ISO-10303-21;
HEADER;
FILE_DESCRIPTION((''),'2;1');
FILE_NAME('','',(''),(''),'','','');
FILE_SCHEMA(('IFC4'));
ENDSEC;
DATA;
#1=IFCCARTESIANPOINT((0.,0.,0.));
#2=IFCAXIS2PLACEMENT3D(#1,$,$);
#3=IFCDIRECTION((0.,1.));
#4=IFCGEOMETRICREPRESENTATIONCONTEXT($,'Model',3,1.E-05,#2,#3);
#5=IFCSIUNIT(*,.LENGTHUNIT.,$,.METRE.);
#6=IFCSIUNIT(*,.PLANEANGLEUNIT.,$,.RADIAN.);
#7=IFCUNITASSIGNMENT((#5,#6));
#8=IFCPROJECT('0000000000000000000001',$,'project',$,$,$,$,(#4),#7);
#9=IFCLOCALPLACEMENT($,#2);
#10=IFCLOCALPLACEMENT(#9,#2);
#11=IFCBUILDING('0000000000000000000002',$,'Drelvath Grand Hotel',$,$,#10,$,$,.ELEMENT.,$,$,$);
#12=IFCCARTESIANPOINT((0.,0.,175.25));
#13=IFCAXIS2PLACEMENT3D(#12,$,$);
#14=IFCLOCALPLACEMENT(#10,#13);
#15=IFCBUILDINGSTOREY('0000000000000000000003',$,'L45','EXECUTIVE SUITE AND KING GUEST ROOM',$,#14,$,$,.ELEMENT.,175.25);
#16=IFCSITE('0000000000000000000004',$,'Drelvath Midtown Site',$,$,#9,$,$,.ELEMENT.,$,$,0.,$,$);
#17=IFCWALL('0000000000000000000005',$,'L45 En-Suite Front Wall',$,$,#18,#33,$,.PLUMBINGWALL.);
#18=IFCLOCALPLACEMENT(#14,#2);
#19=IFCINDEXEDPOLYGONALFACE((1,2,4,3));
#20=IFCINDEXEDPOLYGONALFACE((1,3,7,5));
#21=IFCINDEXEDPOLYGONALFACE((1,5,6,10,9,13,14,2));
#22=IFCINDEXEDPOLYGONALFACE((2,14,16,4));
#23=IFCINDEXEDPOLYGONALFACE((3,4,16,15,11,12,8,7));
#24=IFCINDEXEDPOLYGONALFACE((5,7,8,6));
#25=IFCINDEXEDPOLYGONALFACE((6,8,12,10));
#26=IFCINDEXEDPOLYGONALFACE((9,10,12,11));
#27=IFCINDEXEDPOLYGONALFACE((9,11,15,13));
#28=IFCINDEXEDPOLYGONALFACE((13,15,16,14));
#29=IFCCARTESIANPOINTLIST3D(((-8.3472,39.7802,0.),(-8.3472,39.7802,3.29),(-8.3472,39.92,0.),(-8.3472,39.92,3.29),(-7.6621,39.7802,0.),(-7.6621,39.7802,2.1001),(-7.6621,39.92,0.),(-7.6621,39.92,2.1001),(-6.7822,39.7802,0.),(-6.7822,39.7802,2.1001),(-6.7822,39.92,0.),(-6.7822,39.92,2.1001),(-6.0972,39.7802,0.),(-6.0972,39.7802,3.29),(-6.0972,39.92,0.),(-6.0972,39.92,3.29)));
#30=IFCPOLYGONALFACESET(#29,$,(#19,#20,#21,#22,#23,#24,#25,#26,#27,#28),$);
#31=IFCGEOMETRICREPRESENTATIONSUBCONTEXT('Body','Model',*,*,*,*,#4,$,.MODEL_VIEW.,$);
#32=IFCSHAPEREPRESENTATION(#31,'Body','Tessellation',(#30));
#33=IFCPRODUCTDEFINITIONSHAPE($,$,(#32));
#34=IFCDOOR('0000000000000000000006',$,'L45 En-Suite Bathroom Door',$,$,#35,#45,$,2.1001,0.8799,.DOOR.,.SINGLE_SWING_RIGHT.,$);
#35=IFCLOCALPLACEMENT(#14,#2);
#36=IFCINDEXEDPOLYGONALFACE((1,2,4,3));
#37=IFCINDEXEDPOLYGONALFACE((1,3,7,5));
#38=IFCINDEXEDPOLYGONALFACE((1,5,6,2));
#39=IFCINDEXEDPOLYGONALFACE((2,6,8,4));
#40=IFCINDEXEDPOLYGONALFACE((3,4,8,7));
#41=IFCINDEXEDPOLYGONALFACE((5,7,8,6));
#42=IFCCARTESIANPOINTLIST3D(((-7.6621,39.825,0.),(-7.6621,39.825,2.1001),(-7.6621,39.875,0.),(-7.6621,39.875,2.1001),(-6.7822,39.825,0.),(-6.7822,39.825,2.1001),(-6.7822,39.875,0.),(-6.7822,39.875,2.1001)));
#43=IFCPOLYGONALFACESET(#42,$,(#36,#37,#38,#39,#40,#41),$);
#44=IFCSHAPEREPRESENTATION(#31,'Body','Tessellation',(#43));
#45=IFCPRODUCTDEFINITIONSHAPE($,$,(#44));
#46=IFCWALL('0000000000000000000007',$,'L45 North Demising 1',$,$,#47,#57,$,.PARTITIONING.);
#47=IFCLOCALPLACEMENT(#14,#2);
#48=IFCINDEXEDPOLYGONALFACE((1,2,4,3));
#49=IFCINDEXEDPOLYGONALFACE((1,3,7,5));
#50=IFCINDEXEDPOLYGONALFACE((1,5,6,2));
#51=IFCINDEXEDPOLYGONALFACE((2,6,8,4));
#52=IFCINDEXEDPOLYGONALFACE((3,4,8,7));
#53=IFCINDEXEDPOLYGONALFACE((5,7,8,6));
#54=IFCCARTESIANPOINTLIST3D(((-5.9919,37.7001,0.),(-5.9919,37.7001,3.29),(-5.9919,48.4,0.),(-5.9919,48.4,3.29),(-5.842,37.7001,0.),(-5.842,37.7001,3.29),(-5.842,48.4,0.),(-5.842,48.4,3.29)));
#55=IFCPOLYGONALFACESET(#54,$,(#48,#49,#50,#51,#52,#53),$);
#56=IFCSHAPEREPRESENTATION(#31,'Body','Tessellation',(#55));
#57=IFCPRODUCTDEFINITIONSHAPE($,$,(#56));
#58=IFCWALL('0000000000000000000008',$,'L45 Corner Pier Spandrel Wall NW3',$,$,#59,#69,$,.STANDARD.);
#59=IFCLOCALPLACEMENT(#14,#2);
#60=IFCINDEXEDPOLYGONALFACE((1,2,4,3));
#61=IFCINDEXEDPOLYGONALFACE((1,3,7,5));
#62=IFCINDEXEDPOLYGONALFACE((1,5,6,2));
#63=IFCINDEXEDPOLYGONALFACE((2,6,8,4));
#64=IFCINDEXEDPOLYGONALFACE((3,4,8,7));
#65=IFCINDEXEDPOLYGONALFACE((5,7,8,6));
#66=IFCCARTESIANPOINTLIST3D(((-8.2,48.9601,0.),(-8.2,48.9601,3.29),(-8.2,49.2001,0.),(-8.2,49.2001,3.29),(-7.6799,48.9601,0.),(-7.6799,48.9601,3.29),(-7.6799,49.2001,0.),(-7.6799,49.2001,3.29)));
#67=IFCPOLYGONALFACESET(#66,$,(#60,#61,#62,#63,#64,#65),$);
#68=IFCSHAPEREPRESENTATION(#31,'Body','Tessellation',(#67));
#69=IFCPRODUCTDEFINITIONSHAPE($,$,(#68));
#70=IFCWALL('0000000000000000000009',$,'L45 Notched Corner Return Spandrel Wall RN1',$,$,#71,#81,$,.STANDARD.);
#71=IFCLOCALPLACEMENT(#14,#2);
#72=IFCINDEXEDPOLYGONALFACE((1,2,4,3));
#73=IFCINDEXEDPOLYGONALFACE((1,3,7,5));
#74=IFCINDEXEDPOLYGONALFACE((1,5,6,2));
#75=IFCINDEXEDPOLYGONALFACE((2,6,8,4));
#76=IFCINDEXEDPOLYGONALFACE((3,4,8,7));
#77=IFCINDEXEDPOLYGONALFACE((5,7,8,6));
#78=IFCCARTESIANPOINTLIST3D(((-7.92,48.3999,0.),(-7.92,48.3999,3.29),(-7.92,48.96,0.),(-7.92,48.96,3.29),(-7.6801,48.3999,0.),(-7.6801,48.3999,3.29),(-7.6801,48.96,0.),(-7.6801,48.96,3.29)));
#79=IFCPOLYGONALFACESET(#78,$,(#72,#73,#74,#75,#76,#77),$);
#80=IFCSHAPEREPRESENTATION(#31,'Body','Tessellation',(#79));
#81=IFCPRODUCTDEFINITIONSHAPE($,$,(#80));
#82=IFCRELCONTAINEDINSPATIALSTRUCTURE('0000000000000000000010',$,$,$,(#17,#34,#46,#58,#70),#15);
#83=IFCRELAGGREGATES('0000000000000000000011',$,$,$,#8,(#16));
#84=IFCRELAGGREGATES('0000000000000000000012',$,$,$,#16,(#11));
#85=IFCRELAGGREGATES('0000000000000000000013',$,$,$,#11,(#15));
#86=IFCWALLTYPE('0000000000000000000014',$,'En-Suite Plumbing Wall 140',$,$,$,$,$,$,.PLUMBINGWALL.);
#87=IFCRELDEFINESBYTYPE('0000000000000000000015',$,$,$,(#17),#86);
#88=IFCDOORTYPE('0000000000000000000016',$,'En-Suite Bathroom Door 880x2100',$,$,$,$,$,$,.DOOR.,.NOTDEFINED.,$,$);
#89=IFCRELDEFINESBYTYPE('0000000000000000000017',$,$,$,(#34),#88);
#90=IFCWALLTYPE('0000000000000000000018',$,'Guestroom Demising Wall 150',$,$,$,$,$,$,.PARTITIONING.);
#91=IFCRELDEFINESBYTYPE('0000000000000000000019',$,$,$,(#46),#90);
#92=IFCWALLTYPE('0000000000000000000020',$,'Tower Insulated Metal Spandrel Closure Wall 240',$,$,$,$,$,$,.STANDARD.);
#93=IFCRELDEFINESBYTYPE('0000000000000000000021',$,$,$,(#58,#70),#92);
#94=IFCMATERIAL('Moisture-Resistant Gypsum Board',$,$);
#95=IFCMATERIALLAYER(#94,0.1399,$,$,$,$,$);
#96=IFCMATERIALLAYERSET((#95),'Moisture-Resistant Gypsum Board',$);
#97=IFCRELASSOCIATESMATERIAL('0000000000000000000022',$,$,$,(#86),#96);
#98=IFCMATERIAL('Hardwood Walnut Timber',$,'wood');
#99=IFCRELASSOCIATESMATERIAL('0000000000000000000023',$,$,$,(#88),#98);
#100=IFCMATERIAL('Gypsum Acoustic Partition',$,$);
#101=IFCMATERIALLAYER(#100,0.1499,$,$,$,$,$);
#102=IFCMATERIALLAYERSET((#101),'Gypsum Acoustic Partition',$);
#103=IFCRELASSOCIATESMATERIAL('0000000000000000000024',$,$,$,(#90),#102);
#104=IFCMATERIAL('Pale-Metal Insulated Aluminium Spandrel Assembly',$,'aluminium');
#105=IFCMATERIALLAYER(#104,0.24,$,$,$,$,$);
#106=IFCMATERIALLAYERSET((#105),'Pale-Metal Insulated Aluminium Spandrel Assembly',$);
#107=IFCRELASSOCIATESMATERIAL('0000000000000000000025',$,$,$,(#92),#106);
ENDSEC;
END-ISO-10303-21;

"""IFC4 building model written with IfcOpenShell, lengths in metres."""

from ifc_helpers import new_model, si_unit, direction, frame, frame_2d, origin, place, context, subcontext, project, spatial, rectangle, extrude, material, layer, layer_set, type_object, element, fill, save


model = new_model("IFC4")

# Units and contexts
model_context = context("Model", 3, precision=1e-05, world=origin(), true_north=direction((0.0, 1.0)))
body_context = subcontext(model_context, "Body", "Model", "MODEL_VIEW")
ifc_project = project(units=[si_unit("LENGTHUNIT", "METRE"), si_unit("PLANEANGLEUNIT", "RADIAN")], contexts=[model_context])

# Site, building, storey
site_placement = place(None, origin())
site = spatial("IfcSite", under=ifc_project, at=site_placement, Name="Drelvath Midtown Site", CompositionType="ELEMENT", RefElevation=0.0)
building_placement = place(site_placement, origin())
building = spatial("IfcBuilding", under=site, at=building_placement, Name="Drelvath Grand Hotel", CompositionType="ELEMENT")
storey_placement = place(building_placement, frame((0.0, 0.0, 175.25)))
storey = spatial("IfcBuildingStorey", under=building, at=storey_placement, Name="L45", Description="EXECUTIVE SUITE AND KING GUEST ROOM", CompositionType="ELEMENT", Elevation=175.25)

# Wall, opening, door
ifc_material_1 = material(Name="Moisture-Resistant Gypsum Board")
ifc_layer_1 = layer(ifc_material_1, 0.1399)
ifc_layer_set_1 = layer_set([ifc_layer_1], Name="Moisture-Resistant Gypsum Board")
wall_type_1 = type_object("IfcWallType", Name="En-Suite Plumbing Wall 140", PredefinedType="PLUMBINGWALL", material=ifc_layer_set_1)
wall_1_placement = place(storey_placement, frame((-8.3472, 39.8501, 0.0), z_axis=(0.0, 0.0, 1.0), x_axis=(1.0, 0.0, 0.0)))
wall_1 = element("IfcWall", 1, at=wall_1_placement, inside=storey, type_object=wall_type_1, Name="L45 En-Suite Front Wall", PredefinedType="PLUMBINGWALL", context=body_context, shape_type="SweptSolid", body=[
    extrude(rectangle(XDim=2.25, YDim=0.1399, at=frame_2d((1.125, 0.0))), origin(), (0.0, 0.0, 1.0), 3.29),
])
opening_placement = place(wall_1_placement, frame((0.6851, 0.0, 0.0)))
opening = element("IfcOpeningElement", 2, at=opening_placement, cuts=wall_1, PredefinedType="OPENING", context=body_context, shape_type="SweptSolid", body=[
    extrude(rectangle(XDim=0.8799, YDim=2.1001, at=frame_2d((0.4399, 1.05))), frame((0.0, 0.0798, 0.0), z_axis=(0.0, -1.0, 0.0), x_axis=(1.0, 0.0, 0.0)), (0.0, 0.0, 1.0), 0.1599),
])
ifc_material_2 = material(Name="Hardwood Walnut Timber", Category="wood")
door_type = type_object("IfcDoorType", Name="En-Suite Bathroom Door 880x2100", OperationType="NOTDEFINED", PredefinedType="DOOR", material=ifc_material_2)
door_placement = place(opening_placement, origin())
door = element("IfcDoor", 3, at=door_placement, inside=storey, type_object=door_type, Name="L45 En-Suite Bathroom Door", OperationType="SINGLE_SWING_RIGHT", OverallHeight=2.1001, OverallWidth=0.8799, PredefinedType="DOOR", context=body_context, shape_type="SweptSolid", body=[
    extrude(rectangle(XDim=0.8799, YDim=2.1001, at=frame_2d((0.4399, 1.05))), frame((0.0, 0.0249, 0.0), z_axis=(0.0, -1.0, 0.0), x_axis=(1.0, 0.0, 0.0)), (0.0, 0.0, 1.0), 0.05),
])
fill(opening, door)

# Walls
ifc_material_3 = material(Name="Gypsum Acoustic Partition")
ifc_layer_2 = layer(ifc_material_3, 0.1499)
ifc_layer_set_2 = layer_set([ifc_layer_2], Name="Gypsum Acoustic Partition")
wall_type_2 = type_object("IfcWallType", Name="Guestroom Demising Wall 150", PredefinedType="PARTITIONING", material=ifc_layer_set_2)
wall_2_placement = place(storey_placement, frame((-5.917, 37.7, 0.0), z_axis=(0.0, 0.0, 1.0), x_axis=(0.0, 1.0, 0.0)))
element("IfcWall", 4, at=wall_2_placement, inside=storey, type_object=wall_type_2, Name="L45 North Demising 1", PredefinedType="PARTITIONING", context=body_context, shape_type="SweptSolid", body=[
    extrude(rectangle(XDim=10.7, YDim=0.1499, at=frame_2d((5.3501, 0.0))), origin(), (0.0, 0.0, 1.0), 3.29),
])
ifc_material_4 = material(Name="Pale-Metal Insulated Aluminium Spandrel Assembly", Category="aluminium")
ifc_layer_3 = layer(ifc_material_4, 0.24)
ifc_layer_set_3 = layer_set([ifc_layer_3], Name="Pale-Metal Insulated Aluminium Spandrel Assembly")
wall_type_3 = type_object("IfcWallType", Name="Tower Insulated Metal Spandrel Closure Wall 240", PredefinedType="STANDARD", material=ifc_layer_set_3)
wall_3_placement = place(storey_placement, frame((-8.2, 49.0801, 0.0), z_axis=(0.0, 0.0, 1.0), x_axis=(1.0, 0.0, 0.0)))
element("IfcWall", 5, at=wall_3_placement, inside=storey, type_object=wall_type_3, Name="L45 Corner Pier Spandrel Wall NW3", PredefinedType="STANDARD", context=body_context, shape_type="SweptSolid", body=[
    extrude(rectangle(XDim=0.52, YDim=0.24, at=frame_2d((0.26, 0.0))), origin(), (0.0, 0.0, 1.0), 3.29),
])
wall_4_placement = place(storey_placement, frame((-7.8, 48.96, 0.0), z_axis=(0.0, 0.0, 1.0), x_axis=(0.0, -1.0, 0.0)))
element("IfcWall", 6, at=wall_4_placement, inside=storey, type_object=wall_type_3, Name="L45 Notched Corner Return Spandrel Wall RN1", PredefinedType="STANDARD", context=body_context, shape_type="SweptSolid", body=[
    extrude(rectangle(XDim=0.5601, YDim=0.24, at=frame_2d((0.28, 0.0))), origin(), (0.0, 0.0, 1.0), 3.29),
])

save(model, "model.ifc")
